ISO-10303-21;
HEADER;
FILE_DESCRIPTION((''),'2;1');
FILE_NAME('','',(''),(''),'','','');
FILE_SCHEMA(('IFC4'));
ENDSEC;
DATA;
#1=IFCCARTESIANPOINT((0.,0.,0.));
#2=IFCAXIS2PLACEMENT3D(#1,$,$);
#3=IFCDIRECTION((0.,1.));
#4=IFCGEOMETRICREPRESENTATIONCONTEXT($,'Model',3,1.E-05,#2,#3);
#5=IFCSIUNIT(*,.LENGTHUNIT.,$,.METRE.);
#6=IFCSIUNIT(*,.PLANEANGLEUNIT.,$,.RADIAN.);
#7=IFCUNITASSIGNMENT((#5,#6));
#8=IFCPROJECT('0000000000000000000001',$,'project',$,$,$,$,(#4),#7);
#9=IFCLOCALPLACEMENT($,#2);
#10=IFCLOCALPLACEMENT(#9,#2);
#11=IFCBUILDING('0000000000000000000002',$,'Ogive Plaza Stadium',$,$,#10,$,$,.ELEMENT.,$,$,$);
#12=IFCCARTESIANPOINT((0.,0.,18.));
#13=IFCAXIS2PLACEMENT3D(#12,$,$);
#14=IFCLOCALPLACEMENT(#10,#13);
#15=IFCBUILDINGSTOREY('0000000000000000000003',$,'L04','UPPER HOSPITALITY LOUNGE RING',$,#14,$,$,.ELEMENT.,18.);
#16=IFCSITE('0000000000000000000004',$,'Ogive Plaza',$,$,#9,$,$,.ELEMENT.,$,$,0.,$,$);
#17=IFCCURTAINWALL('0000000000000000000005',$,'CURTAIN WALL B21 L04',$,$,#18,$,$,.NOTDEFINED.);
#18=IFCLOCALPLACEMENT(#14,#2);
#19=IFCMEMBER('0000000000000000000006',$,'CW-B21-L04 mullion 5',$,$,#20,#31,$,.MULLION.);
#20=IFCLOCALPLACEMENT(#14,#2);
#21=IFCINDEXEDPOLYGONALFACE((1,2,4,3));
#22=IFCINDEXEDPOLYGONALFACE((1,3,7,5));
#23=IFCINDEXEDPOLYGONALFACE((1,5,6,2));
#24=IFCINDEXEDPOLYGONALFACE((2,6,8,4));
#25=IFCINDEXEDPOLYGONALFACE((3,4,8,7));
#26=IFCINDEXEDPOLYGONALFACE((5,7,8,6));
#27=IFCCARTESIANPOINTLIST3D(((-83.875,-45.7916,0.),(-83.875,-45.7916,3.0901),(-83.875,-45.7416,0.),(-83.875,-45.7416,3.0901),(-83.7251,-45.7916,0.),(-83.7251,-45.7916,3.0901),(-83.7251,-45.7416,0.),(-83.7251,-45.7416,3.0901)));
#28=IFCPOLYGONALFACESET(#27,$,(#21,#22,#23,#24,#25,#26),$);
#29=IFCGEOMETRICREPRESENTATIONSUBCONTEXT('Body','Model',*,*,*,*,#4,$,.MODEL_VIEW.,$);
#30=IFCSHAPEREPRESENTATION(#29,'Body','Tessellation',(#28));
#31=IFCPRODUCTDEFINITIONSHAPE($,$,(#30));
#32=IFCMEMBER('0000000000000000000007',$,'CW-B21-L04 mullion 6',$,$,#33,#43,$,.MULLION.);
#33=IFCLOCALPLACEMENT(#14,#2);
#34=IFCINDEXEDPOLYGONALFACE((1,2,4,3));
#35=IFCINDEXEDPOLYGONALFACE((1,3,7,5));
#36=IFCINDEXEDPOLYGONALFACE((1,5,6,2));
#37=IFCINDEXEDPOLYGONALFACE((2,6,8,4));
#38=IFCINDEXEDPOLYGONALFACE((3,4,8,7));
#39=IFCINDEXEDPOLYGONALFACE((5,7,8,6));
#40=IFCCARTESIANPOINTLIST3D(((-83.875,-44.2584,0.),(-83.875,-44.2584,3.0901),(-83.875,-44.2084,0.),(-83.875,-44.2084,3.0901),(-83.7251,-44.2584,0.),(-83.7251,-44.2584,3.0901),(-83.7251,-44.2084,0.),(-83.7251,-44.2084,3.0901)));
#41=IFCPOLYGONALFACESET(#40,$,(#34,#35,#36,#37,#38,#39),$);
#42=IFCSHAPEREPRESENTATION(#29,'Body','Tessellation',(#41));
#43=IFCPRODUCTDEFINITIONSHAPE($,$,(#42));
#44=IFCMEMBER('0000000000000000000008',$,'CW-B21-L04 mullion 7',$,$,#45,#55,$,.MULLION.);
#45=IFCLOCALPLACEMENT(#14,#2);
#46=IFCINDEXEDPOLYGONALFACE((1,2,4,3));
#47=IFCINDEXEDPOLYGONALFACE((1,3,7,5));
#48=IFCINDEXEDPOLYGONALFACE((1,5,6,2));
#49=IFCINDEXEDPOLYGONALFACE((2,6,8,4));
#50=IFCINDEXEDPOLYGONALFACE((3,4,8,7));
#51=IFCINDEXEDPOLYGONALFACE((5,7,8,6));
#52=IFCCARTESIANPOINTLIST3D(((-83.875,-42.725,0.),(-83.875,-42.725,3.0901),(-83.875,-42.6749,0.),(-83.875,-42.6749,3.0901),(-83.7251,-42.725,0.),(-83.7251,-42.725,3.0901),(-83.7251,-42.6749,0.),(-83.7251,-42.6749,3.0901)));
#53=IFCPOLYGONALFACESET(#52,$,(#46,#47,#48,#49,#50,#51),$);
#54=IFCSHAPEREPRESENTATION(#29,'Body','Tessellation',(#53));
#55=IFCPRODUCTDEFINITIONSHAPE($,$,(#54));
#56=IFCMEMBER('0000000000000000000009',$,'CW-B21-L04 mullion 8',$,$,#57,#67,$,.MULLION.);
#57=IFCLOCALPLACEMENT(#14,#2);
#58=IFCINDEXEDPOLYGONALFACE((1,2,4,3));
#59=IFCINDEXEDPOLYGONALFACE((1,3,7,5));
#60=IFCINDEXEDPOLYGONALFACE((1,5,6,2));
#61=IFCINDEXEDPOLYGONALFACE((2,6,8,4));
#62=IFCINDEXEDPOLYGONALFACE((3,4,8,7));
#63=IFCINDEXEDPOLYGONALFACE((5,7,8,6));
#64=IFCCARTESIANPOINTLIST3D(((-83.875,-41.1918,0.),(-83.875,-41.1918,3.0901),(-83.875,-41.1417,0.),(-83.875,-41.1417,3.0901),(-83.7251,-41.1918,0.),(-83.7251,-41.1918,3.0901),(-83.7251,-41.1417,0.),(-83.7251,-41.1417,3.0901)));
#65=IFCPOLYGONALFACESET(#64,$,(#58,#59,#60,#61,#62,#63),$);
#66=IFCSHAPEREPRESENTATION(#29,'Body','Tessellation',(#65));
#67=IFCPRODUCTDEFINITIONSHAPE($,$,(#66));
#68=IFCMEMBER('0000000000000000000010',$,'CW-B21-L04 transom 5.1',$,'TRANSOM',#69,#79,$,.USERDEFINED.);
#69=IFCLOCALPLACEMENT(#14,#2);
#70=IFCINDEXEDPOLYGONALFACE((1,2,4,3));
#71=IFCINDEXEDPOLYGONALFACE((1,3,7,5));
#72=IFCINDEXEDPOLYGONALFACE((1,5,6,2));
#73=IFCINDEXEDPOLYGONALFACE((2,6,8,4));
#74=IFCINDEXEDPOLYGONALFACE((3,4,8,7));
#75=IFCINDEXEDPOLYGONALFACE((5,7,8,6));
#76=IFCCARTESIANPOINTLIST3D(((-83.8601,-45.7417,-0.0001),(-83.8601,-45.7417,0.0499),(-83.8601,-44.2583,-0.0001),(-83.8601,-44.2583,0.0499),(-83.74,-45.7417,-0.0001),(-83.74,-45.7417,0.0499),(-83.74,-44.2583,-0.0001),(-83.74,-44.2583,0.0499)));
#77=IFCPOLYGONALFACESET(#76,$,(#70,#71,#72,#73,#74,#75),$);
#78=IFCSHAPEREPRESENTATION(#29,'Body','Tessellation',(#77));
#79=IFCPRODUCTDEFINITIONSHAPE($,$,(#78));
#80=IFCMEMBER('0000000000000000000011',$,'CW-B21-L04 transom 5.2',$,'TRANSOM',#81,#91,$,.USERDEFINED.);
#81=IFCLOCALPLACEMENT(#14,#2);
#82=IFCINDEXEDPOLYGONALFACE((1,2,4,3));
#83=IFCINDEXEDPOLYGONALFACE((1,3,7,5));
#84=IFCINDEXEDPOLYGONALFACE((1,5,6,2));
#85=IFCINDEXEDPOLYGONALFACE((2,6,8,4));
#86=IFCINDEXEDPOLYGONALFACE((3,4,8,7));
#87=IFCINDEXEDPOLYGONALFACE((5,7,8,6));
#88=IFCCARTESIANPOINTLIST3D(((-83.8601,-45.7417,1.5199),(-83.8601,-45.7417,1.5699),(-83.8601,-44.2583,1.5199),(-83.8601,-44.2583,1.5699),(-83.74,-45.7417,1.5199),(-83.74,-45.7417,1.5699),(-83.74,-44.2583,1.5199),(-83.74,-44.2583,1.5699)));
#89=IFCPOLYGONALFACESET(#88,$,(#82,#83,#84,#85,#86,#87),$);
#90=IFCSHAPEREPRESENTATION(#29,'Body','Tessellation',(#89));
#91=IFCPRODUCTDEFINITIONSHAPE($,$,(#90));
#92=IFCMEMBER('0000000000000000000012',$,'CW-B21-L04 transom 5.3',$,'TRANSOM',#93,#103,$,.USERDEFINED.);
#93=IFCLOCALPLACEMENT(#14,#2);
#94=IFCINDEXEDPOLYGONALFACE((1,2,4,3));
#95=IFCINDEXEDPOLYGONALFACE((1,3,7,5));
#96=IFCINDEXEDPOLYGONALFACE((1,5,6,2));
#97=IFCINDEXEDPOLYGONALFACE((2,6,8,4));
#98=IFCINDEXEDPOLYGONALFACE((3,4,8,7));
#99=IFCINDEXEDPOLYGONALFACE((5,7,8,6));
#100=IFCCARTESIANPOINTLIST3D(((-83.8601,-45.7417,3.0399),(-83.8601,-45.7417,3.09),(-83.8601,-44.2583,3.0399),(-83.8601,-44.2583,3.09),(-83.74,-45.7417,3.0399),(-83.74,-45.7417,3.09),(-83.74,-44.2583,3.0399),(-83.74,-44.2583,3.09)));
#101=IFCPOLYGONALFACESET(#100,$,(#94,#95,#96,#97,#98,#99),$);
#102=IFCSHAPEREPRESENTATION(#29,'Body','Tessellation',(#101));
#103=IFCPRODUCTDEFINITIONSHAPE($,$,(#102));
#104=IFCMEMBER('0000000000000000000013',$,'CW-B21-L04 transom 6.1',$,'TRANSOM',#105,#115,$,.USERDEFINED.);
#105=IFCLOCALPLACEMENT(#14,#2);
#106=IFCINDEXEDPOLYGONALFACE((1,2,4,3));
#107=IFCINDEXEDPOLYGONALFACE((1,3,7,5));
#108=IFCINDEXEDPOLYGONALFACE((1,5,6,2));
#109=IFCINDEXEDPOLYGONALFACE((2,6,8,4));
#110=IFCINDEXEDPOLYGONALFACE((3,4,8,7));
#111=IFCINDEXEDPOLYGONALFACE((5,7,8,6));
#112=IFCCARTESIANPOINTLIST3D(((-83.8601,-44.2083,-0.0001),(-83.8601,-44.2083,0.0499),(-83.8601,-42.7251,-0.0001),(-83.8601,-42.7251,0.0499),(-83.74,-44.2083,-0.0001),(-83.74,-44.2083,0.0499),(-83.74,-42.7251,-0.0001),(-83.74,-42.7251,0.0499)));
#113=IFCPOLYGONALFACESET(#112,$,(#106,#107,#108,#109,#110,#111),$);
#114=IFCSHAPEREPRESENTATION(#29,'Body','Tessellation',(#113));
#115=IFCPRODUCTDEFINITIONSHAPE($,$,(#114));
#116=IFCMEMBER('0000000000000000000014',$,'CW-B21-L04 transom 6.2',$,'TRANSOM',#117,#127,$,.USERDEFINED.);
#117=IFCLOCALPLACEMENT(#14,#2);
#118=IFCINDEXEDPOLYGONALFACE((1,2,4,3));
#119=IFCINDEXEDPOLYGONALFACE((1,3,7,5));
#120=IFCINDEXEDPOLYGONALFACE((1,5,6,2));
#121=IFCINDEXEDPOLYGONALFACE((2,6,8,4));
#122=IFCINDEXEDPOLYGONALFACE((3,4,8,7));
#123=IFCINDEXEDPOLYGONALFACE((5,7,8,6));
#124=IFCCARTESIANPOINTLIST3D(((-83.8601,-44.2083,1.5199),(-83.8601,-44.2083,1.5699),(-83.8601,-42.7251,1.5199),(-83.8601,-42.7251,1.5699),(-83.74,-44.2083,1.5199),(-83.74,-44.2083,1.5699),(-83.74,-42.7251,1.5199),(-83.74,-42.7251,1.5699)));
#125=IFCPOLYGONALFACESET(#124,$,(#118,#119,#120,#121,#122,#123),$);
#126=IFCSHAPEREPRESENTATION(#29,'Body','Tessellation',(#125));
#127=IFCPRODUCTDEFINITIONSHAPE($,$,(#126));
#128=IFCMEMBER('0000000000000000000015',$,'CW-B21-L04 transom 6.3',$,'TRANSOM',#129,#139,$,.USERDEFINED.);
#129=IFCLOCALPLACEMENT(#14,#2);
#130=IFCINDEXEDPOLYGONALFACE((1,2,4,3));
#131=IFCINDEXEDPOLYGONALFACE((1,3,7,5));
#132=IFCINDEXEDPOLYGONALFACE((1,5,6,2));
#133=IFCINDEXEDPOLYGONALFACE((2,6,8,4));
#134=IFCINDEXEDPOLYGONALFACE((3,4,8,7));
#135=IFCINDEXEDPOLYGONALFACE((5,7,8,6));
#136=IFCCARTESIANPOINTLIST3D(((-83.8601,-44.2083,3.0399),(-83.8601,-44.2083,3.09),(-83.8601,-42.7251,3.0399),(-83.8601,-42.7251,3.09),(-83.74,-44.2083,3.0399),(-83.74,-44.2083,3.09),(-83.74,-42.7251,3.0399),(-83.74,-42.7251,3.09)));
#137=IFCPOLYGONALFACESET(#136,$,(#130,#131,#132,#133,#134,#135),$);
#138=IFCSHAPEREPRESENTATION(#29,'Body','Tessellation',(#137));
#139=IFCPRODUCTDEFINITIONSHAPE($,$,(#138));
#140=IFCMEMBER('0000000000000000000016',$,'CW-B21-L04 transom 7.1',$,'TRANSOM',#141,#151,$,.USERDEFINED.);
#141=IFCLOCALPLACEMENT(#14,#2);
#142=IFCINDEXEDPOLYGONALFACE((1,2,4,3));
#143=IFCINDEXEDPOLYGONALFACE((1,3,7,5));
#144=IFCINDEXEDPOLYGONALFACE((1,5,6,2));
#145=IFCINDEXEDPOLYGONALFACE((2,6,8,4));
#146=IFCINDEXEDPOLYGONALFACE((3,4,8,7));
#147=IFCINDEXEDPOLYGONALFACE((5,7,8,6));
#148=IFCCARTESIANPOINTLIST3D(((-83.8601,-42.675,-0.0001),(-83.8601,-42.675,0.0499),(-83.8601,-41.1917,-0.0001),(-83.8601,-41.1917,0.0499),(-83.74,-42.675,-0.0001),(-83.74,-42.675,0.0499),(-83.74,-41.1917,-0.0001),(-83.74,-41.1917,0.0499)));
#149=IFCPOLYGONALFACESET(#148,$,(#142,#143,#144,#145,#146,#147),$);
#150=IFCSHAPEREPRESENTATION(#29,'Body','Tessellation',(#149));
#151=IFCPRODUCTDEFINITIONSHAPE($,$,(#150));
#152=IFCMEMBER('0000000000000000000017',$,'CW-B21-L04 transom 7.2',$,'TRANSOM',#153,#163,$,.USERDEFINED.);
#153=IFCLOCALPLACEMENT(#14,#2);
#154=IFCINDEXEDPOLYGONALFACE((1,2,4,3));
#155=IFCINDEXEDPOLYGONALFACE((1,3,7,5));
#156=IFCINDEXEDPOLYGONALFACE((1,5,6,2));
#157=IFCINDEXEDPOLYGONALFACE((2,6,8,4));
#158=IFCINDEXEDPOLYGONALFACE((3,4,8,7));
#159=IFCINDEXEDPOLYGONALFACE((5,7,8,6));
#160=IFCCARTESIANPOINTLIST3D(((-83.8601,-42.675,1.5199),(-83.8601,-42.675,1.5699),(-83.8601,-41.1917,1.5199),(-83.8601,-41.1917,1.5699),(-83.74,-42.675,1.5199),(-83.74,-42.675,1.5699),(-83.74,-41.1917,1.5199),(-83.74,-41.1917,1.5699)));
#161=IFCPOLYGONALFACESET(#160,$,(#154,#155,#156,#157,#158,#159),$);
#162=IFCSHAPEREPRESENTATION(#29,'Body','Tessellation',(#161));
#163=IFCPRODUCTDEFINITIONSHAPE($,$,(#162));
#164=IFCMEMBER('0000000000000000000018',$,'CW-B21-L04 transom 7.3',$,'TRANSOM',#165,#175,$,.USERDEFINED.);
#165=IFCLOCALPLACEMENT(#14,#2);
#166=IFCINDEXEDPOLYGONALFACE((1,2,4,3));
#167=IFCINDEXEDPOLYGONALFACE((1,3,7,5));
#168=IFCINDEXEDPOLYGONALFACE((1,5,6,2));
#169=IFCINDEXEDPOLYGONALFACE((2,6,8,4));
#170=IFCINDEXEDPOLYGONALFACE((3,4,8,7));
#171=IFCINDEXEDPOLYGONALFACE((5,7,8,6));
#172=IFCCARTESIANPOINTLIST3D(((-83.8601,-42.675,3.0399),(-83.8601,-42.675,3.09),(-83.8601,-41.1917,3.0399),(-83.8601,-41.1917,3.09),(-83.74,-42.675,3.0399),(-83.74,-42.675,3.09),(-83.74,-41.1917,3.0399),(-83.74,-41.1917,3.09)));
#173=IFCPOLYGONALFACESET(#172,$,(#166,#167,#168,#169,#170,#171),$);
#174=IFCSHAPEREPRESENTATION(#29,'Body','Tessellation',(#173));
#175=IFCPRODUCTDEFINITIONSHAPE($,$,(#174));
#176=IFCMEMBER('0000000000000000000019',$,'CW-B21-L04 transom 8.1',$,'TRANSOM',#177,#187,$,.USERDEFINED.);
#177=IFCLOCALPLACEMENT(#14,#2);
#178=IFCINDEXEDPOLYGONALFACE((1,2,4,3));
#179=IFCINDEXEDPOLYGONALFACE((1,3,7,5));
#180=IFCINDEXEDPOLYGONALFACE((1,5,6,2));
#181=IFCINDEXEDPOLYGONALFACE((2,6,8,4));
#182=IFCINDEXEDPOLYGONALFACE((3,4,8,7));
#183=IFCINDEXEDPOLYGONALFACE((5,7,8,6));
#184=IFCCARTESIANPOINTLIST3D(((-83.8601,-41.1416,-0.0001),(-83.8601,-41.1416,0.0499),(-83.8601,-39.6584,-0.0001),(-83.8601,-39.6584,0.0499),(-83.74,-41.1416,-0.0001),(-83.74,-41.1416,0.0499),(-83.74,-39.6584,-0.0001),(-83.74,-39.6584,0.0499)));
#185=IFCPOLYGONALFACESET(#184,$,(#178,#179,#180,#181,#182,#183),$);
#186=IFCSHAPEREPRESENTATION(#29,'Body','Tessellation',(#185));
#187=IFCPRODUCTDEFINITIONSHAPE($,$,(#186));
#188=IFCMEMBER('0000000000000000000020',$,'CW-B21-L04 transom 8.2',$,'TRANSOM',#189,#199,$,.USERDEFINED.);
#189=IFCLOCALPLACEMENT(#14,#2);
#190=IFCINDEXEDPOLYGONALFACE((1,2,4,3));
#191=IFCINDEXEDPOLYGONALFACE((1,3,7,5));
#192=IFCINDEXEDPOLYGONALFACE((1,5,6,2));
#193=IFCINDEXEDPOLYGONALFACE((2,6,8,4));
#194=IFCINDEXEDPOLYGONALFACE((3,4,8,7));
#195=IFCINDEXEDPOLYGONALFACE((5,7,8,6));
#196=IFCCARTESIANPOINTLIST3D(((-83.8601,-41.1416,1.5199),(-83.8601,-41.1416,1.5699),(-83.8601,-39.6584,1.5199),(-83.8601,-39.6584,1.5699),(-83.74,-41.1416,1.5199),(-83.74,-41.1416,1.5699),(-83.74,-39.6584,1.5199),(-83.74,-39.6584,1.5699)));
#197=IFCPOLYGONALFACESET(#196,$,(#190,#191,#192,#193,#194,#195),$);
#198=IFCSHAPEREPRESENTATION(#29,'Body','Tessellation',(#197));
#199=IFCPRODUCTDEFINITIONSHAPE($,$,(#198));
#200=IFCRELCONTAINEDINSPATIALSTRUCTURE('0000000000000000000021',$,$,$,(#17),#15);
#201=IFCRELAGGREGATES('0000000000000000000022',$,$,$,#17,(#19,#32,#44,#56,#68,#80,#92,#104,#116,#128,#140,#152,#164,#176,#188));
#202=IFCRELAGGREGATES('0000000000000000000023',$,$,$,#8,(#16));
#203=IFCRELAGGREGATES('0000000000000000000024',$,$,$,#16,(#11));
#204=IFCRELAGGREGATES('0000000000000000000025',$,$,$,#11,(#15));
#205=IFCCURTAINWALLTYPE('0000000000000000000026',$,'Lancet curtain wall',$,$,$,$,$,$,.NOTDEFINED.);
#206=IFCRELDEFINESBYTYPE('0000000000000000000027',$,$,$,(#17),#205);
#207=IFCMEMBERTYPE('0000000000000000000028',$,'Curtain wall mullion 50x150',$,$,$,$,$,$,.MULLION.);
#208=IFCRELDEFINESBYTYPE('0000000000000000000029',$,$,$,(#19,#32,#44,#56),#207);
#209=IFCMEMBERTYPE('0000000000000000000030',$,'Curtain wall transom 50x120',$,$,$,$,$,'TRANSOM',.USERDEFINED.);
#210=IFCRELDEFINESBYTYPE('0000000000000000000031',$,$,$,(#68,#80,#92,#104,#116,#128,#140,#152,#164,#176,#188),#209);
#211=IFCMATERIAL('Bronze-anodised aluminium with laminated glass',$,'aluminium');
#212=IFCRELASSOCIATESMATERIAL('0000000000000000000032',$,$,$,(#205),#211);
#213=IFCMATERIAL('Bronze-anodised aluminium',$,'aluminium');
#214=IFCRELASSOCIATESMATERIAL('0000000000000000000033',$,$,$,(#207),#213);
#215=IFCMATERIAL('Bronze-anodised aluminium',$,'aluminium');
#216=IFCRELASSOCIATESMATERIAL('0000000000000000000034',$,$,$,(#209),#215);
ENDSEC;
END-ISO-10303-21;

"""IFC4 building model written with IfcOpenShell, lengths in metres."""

from ifc_helpers import new_model, si_unit, direction, frame, origin, origin_2d, place, context, subcontext, project, spatial, rectangle, extrude, material, material_profile, profile_set, type_object, element, aggregate, save


model = new_model("IFC4")

# Units and contexts
model_context = context("Model", 3, precision=1e-05, world=origin(), true_north=direction((0.0, 1.0)))
body_context = subcontext(model_context, "Body", "Model", "MODEL_VIEW")
ifc_project = project(units=[si_unit("LENGTHUNIT", "METRE"), si_unit("PLANEANGLEUNIT", "RADIAN")], contexts=[model_context])

# Site, building, storey
site_placement = place(None, origin())
site = spatial("IfcSite", under=ifc_project, at=site_placement, Name="Ogive Plaza", CompositionType="ELEMENT", RefElevation=0.0)
building_placement = place(site_placement, origin())
building = spatial("IfcBuilding", under=site, at=building_placement, Name="Ogive Plaza Stadium", CompositionType="ELEMENT")
storey_placement = place(building_placement, frame((0.0, 0.0, 18.0)))
storey = spatial("IfcBuildingStorey", under=building, at=storey_placement, Name="L04", Description="UPPER HOSPITALITY LOUNGE RING", CompositionType="ELEMENT", Elevation=18.0)

# Curtain wall, members
ifc_material_1 = material(Name="Bronze-anodised aluminium with laminated glass", Category="aluminium")
curtain_wall_type = type_object("IfcCurtainWallType", Name="Lancet curtain wall", PredefinedType="NOTDEFINED", material=ifc_material_1)
curtain_wall_placement = place(storey_placement, origin())
curtain_wall = element("IfcCurtainWall", 1, at=curtain_wall_placement, inside=storey, type_object=curtain_wall_type, Name="CURTAIN WALL B21 L04", PredefinedType="NOTDEFINED")
ifc_material_2 = material(Name="Bronze-anodised aluminium", Category="aluminium")
ifc_material_profile_1 = material_profile(ifc_material_2, rectangle(XDim=0.1499, YDim=0.05, at=origin_2d()), Name="AL 150x50")
ifc_profile_set_1 = profile_set([ifc_material_profile_1], Name="Bronze-anodised aluminium")
member_type_1 = type_object("IfcMemberType", Name="Curtain wall mullion 50x150", PredefinedType="MULLION", material=ifc_profile_set_1)
member_1_placement = place(storey_placement, frame((-83.8, -45.7666, 0.0), z_axis=(0.0, 0.0, 1.0), x_axis=(-1.0, 0.0, 0.0)))
member_1 = element("IfcMember", 2, at=member_1_placement, type_object=member_type_1, Name="CW-B21-L04 mullion 5", PredefinedType="MULLION", context=body_context, shape_type="SweptSolid", body=[
    extrude(rectangle(XDim=0.1499, YDim=0.05, at=origin_2d()), origin(), (0.0, 0.0, 1.0), 3.0901),
])
member_2_placement = place(storey_placement, frame((-83.8, -44.2334, 0.0), z_axis=(0.0, 0.0, 1.0), x_axis=(-1.0, 0.0, 0.0)))
member_2 = element("IfcMember", 3, at=member_2_placement, type_object=member_type_1, Name="CW-B21-L04 mullion 6", PredefinedType="MULLION", context=body_context, shape_type="SweptSolid", body=[
    extrude(rectangle(XDim=0.1499, YDim=0.05, at=origin_2d()), origin(), (0.0, 0.0, 1.0), 3.0901),
])
member_3_placement = place(storey_placement, frame((-83.8, -42.7, 0.0), z_axis=(0.0, 0.0, 1.0), x_axis=(-1.0, 0.0, 0.0)))
member_3 = element("IfcMember", 4, at=member_3_placement, type_object=member_type_1, Name="CW-B21-L04 mullion 7", PredefinedType="MULLION", context=body_context, shape_type="SweptSolid", body=[
    extrude(rectangle(XDim=0.1499, YDim=0.05, at=origin_2d()), origin(), (0.0, 0.0, 1.0), 3.0901),
])
member_4_placement = place(storey_placement, frame((-83.8, -41.1667, 0.0), z_axis=(0.0, 0.0, 1.0), x_axis=(-1.0, 0.0, 0.0)))
member_4 = element("IfcMember", 5, at=member_4_placement, type_object=member_type_1, Name="CW-B21-L04 mullion 8", PredefinedType="MULLION", context=body_context, shape_type="SweptSolid", body=[
    extrude(rectangle(XDim=0.1499, YDim=0.05, at=origin_2d()), origin(), (0.0, 0.0, 1.0), 3.0901),
])
ifc_material_3 = material(Name="Bronze-anodised aluminium", Category="aluminium")
ifc_material_profile_2 = material_profile(ifc_material_3, rectangle(XDim=0.1201, YDim=0.05, at=origin_2d()), Name="AL 120x50")
ifc_profile_set_2 = profile_set([ifc_material_profile_2], Name="Bronze-anodised aluminium")
member_type_2 = type_object("IfcMemberType", Name="Curtain wall transom 50x120", ElementType="TRANSOM", PredefinedType="USERDEFINED", material=ifc_profile_set_2)
member_5_placement = place(storey_placement, frame((-83.8, -45.7417, 0.0249), z_axis=(0.0, 1.0, 0.0), x_axis=(-1.0, 0.0, 0.0)))
member_5 = element("IfcMember", 6, at=member_5_placement, type_object=member_type_2, Name="CW-B21-L04 transom 5.1", ObjectType="TRANSOM", PredefinedType="USERDEFINED", context=body_context, shape_type="SweptSolid", body=[
    extrude(rectangle(XDim=0.1201, YDim=0.05, at=origin_2d()), origin(), (0.0, 0.0, 1.0), 1.4834),
])
member_6_placement = place(storey_placement, frame((-83.8, -45.7417, 1.5449), z_axis=(0.0, 1.0, 0.0), x_axis=(-1.0, 0.0, 0.0)))
member_6 = element("IfcMember", 7, at=member_6_placement, type_object=member_type_2, Name="CW-B21-L04 transom 5.2", ObjectType="TRANSOM", PredefinedType="USERDEFINED", context=body_context, shape_type="SweptSolid", body=[
    extrude(rectangle(XDim=0.1201, YDim=0.05, at=origin_2d()), origin(), (0.0, 0.0, 1.0), 1.4834),
])
member_7_placement = place(storey_placement, frame((-83.8, -45.7417, 3.0649), z_axis=(0.0, 1.0, 0.0), x_axis=(-1.0, 0.0, 0.0)))
member_7 = element("IfcMember", 8, at=member_7_placement, type_object=member_type_2, Name="CW-B21-L04 transom 5.3", ObjectType="TRANSOM", PredefinedType="USERDEFINED", context=body_context, shape_type="SweptSolid", body=[
    extrude(rectangle(XDim=0.1201, YDim=0.05, at=origin_2d()), origin(), (0.0, 0.0, 1.0), 1.4834),
])
member_8_placement = place(storey_placement, frame((-83.8, -44.2083, 0.0249), z_axis=(0.0, 1.0, 0.0), x_axis=(-1.0, 0.0, 0.0)))
member_8 = element("IfcMember", 9, at=member_8_placement, type_object=member_type_2, Name="CW-B21-L04 transom 6.1", ObjectType="TRANSOM", PredefinedType="USERDEFINED", context=body_context, shape_type="SweptSolid", body=[
    extrude(rectangle(XDim=0.1201, YDim=0.05, at=origin_2d()), origin(), (0.0, 0.0, 1.0), 1.4832),
])
member_9_placement = place(storey_placement, frame((-83.8, -44.2083, 1.5449), z_axis=(0.0, 1.0, 0.0), x_axis=(-1.0, 0.0, 0.0)))
member_9 = element("IfcMember", 10, at=member_9_placement, type_object=member_type_2, Name="CW-B21-L04 transom 6.2", ObjectType="TRANSOM", PredefinedType="USERDEFINED", context=body_context, shape_type="SweptSolid", body=[
    extrude(rectangle(XDim=0.1201, YDim=0.05, at=origin_2d()), origin(), (0.0, 0.0, 1.0), 1.4832),
])
member_10_placement = place(storey_placement, frame((-83.8, -44.2083, 3.0649), z_axis=(0.0, 1.0, 0.0), x_axis=(-1.0, 0.0, 0.0)))
member_10 = element("IfcMember", 11, at=member_10_placement, type_object=member_type_2, Name="CW-B21-L04 transom 6.3", ObjectType="TRANSOM", PredefinedType="USERDEFINED", context=body_context, shape_type="SweptSolid", body=[
    extrude(rectangle(XDim=0.1201, YDim=0.05, at=origin_2d()), origin(), (0.0, 0.0, 1.0), 1.4832),
])
member_11_placement = place(storey_placement, frame((-83.8, -42.675, 0.0249), z_axis=(0.0, 1.0, 0.0), x_axis=(-1.0, 0.0, 0.0)))
member_11 = element("IfcMember", 12, at=member_11_placement, type_object=member_type_2, Name="CW-B21-L04 transom 7.1", ObjectType="TRANSOM", PredefinedType="USERDEFINED", context=body_context, shape_type="SweptSolid", body=[
    extrude(rectangle(XDim=0.1201, YDim=0.05, at=origin_2d()), origin(), (0.0, 0.0, 1.0), 1.4834),
])
member_12_placement = place(storey_placement, frame((-83.8, -42.675, 1.5449), z_axis=(0.0, 1.0, 0.0), x_axis=(-1.0, 0.0, 0.0)))
member_12 = element("IfcMember", 13, at=member_12_placement, type_object=member_type_2, Name="CW-B21-L04 transom 7.2", ObjectType="TRANSOM", PredefinedType="USERDEFINED", context=body_context, shape_type="SweptSolid", body=[
    extrude(rectangle(XDim=0.1201, YDim=0.05, at=origin_2d()), origin(), (0.0, 0.0, 1.0), 1.4834),
])
member_13_placement = place(storey_placement, frame((-83.8, -42.675, 3.0649), z_axis=(0.0, 1.0, 0.0), x_axis=(-1.0, 0.0, 0.0)))
member_13 = element("IfcMember", 14, at=member_13_placement, type_object=member_type_2, Name="CW-B21-L04 transom 7.3", ObjectType="TRANSOM", PredefinedType="USERDEFINED", context=body_context, shape_type="SweptSolid", body=[
    extrude(rectangle(XDim=0.1201, YDim=0.05, at=origin_2d()), origin(), (0.0, 0.0, 1.0), 1.4834),
])
member_14_placement = place(storey_placement, frame((-83.8, -41.1416, 0.0249), z_axis=(0.0, 1.0, 0.0), x_axis=(-1.0, 0.0, 0.0)))
member_14 = element("IfcMember", 15, at=member_14_placement, type_object=member_type_2, Name="CW-B21-L04 transom 8.1", ObjectType="TRANSOM", PredefinedType="USERDEFINED", context=body_context, shape_type="SweptSolid", body=[
    extrude(rectangle(XDim=0.1201, YDim=0.05, at=origin_2d()), origin(), (0.0, 0.0, 1.0), 1.4832),
])
member_15_placement = place(storey_placement, frame((-83.8, -41.1416, 1.5449), z_axis=(0.0, 1.0, 0.0), x_axis=(-1.0, 0.0, 0.0)))
member_15 = element("IfcMember", 16, at=member_15_placement, type_object=member_type_2, Name="CW-B21-L04 transom 8.2", ObjectType="TRANSOM", PredefinedType="USERDEFINED", context=body_context, shape_type="SweptSolid", body=[
    extrude(rectangle(XDim=0.1201, YDim=0.05, at=origin_2d()), origin(), (0.0, 0.0, 1.0), 1.4832),
])
aggregate(curtain_wall, [member_1, member_2, member_3, member_4, member_5, member_6, member_7, member_8, member_9, member_10, member_11, member_12, member_13, member_14, member_15])

save(model, "model.ifc")
